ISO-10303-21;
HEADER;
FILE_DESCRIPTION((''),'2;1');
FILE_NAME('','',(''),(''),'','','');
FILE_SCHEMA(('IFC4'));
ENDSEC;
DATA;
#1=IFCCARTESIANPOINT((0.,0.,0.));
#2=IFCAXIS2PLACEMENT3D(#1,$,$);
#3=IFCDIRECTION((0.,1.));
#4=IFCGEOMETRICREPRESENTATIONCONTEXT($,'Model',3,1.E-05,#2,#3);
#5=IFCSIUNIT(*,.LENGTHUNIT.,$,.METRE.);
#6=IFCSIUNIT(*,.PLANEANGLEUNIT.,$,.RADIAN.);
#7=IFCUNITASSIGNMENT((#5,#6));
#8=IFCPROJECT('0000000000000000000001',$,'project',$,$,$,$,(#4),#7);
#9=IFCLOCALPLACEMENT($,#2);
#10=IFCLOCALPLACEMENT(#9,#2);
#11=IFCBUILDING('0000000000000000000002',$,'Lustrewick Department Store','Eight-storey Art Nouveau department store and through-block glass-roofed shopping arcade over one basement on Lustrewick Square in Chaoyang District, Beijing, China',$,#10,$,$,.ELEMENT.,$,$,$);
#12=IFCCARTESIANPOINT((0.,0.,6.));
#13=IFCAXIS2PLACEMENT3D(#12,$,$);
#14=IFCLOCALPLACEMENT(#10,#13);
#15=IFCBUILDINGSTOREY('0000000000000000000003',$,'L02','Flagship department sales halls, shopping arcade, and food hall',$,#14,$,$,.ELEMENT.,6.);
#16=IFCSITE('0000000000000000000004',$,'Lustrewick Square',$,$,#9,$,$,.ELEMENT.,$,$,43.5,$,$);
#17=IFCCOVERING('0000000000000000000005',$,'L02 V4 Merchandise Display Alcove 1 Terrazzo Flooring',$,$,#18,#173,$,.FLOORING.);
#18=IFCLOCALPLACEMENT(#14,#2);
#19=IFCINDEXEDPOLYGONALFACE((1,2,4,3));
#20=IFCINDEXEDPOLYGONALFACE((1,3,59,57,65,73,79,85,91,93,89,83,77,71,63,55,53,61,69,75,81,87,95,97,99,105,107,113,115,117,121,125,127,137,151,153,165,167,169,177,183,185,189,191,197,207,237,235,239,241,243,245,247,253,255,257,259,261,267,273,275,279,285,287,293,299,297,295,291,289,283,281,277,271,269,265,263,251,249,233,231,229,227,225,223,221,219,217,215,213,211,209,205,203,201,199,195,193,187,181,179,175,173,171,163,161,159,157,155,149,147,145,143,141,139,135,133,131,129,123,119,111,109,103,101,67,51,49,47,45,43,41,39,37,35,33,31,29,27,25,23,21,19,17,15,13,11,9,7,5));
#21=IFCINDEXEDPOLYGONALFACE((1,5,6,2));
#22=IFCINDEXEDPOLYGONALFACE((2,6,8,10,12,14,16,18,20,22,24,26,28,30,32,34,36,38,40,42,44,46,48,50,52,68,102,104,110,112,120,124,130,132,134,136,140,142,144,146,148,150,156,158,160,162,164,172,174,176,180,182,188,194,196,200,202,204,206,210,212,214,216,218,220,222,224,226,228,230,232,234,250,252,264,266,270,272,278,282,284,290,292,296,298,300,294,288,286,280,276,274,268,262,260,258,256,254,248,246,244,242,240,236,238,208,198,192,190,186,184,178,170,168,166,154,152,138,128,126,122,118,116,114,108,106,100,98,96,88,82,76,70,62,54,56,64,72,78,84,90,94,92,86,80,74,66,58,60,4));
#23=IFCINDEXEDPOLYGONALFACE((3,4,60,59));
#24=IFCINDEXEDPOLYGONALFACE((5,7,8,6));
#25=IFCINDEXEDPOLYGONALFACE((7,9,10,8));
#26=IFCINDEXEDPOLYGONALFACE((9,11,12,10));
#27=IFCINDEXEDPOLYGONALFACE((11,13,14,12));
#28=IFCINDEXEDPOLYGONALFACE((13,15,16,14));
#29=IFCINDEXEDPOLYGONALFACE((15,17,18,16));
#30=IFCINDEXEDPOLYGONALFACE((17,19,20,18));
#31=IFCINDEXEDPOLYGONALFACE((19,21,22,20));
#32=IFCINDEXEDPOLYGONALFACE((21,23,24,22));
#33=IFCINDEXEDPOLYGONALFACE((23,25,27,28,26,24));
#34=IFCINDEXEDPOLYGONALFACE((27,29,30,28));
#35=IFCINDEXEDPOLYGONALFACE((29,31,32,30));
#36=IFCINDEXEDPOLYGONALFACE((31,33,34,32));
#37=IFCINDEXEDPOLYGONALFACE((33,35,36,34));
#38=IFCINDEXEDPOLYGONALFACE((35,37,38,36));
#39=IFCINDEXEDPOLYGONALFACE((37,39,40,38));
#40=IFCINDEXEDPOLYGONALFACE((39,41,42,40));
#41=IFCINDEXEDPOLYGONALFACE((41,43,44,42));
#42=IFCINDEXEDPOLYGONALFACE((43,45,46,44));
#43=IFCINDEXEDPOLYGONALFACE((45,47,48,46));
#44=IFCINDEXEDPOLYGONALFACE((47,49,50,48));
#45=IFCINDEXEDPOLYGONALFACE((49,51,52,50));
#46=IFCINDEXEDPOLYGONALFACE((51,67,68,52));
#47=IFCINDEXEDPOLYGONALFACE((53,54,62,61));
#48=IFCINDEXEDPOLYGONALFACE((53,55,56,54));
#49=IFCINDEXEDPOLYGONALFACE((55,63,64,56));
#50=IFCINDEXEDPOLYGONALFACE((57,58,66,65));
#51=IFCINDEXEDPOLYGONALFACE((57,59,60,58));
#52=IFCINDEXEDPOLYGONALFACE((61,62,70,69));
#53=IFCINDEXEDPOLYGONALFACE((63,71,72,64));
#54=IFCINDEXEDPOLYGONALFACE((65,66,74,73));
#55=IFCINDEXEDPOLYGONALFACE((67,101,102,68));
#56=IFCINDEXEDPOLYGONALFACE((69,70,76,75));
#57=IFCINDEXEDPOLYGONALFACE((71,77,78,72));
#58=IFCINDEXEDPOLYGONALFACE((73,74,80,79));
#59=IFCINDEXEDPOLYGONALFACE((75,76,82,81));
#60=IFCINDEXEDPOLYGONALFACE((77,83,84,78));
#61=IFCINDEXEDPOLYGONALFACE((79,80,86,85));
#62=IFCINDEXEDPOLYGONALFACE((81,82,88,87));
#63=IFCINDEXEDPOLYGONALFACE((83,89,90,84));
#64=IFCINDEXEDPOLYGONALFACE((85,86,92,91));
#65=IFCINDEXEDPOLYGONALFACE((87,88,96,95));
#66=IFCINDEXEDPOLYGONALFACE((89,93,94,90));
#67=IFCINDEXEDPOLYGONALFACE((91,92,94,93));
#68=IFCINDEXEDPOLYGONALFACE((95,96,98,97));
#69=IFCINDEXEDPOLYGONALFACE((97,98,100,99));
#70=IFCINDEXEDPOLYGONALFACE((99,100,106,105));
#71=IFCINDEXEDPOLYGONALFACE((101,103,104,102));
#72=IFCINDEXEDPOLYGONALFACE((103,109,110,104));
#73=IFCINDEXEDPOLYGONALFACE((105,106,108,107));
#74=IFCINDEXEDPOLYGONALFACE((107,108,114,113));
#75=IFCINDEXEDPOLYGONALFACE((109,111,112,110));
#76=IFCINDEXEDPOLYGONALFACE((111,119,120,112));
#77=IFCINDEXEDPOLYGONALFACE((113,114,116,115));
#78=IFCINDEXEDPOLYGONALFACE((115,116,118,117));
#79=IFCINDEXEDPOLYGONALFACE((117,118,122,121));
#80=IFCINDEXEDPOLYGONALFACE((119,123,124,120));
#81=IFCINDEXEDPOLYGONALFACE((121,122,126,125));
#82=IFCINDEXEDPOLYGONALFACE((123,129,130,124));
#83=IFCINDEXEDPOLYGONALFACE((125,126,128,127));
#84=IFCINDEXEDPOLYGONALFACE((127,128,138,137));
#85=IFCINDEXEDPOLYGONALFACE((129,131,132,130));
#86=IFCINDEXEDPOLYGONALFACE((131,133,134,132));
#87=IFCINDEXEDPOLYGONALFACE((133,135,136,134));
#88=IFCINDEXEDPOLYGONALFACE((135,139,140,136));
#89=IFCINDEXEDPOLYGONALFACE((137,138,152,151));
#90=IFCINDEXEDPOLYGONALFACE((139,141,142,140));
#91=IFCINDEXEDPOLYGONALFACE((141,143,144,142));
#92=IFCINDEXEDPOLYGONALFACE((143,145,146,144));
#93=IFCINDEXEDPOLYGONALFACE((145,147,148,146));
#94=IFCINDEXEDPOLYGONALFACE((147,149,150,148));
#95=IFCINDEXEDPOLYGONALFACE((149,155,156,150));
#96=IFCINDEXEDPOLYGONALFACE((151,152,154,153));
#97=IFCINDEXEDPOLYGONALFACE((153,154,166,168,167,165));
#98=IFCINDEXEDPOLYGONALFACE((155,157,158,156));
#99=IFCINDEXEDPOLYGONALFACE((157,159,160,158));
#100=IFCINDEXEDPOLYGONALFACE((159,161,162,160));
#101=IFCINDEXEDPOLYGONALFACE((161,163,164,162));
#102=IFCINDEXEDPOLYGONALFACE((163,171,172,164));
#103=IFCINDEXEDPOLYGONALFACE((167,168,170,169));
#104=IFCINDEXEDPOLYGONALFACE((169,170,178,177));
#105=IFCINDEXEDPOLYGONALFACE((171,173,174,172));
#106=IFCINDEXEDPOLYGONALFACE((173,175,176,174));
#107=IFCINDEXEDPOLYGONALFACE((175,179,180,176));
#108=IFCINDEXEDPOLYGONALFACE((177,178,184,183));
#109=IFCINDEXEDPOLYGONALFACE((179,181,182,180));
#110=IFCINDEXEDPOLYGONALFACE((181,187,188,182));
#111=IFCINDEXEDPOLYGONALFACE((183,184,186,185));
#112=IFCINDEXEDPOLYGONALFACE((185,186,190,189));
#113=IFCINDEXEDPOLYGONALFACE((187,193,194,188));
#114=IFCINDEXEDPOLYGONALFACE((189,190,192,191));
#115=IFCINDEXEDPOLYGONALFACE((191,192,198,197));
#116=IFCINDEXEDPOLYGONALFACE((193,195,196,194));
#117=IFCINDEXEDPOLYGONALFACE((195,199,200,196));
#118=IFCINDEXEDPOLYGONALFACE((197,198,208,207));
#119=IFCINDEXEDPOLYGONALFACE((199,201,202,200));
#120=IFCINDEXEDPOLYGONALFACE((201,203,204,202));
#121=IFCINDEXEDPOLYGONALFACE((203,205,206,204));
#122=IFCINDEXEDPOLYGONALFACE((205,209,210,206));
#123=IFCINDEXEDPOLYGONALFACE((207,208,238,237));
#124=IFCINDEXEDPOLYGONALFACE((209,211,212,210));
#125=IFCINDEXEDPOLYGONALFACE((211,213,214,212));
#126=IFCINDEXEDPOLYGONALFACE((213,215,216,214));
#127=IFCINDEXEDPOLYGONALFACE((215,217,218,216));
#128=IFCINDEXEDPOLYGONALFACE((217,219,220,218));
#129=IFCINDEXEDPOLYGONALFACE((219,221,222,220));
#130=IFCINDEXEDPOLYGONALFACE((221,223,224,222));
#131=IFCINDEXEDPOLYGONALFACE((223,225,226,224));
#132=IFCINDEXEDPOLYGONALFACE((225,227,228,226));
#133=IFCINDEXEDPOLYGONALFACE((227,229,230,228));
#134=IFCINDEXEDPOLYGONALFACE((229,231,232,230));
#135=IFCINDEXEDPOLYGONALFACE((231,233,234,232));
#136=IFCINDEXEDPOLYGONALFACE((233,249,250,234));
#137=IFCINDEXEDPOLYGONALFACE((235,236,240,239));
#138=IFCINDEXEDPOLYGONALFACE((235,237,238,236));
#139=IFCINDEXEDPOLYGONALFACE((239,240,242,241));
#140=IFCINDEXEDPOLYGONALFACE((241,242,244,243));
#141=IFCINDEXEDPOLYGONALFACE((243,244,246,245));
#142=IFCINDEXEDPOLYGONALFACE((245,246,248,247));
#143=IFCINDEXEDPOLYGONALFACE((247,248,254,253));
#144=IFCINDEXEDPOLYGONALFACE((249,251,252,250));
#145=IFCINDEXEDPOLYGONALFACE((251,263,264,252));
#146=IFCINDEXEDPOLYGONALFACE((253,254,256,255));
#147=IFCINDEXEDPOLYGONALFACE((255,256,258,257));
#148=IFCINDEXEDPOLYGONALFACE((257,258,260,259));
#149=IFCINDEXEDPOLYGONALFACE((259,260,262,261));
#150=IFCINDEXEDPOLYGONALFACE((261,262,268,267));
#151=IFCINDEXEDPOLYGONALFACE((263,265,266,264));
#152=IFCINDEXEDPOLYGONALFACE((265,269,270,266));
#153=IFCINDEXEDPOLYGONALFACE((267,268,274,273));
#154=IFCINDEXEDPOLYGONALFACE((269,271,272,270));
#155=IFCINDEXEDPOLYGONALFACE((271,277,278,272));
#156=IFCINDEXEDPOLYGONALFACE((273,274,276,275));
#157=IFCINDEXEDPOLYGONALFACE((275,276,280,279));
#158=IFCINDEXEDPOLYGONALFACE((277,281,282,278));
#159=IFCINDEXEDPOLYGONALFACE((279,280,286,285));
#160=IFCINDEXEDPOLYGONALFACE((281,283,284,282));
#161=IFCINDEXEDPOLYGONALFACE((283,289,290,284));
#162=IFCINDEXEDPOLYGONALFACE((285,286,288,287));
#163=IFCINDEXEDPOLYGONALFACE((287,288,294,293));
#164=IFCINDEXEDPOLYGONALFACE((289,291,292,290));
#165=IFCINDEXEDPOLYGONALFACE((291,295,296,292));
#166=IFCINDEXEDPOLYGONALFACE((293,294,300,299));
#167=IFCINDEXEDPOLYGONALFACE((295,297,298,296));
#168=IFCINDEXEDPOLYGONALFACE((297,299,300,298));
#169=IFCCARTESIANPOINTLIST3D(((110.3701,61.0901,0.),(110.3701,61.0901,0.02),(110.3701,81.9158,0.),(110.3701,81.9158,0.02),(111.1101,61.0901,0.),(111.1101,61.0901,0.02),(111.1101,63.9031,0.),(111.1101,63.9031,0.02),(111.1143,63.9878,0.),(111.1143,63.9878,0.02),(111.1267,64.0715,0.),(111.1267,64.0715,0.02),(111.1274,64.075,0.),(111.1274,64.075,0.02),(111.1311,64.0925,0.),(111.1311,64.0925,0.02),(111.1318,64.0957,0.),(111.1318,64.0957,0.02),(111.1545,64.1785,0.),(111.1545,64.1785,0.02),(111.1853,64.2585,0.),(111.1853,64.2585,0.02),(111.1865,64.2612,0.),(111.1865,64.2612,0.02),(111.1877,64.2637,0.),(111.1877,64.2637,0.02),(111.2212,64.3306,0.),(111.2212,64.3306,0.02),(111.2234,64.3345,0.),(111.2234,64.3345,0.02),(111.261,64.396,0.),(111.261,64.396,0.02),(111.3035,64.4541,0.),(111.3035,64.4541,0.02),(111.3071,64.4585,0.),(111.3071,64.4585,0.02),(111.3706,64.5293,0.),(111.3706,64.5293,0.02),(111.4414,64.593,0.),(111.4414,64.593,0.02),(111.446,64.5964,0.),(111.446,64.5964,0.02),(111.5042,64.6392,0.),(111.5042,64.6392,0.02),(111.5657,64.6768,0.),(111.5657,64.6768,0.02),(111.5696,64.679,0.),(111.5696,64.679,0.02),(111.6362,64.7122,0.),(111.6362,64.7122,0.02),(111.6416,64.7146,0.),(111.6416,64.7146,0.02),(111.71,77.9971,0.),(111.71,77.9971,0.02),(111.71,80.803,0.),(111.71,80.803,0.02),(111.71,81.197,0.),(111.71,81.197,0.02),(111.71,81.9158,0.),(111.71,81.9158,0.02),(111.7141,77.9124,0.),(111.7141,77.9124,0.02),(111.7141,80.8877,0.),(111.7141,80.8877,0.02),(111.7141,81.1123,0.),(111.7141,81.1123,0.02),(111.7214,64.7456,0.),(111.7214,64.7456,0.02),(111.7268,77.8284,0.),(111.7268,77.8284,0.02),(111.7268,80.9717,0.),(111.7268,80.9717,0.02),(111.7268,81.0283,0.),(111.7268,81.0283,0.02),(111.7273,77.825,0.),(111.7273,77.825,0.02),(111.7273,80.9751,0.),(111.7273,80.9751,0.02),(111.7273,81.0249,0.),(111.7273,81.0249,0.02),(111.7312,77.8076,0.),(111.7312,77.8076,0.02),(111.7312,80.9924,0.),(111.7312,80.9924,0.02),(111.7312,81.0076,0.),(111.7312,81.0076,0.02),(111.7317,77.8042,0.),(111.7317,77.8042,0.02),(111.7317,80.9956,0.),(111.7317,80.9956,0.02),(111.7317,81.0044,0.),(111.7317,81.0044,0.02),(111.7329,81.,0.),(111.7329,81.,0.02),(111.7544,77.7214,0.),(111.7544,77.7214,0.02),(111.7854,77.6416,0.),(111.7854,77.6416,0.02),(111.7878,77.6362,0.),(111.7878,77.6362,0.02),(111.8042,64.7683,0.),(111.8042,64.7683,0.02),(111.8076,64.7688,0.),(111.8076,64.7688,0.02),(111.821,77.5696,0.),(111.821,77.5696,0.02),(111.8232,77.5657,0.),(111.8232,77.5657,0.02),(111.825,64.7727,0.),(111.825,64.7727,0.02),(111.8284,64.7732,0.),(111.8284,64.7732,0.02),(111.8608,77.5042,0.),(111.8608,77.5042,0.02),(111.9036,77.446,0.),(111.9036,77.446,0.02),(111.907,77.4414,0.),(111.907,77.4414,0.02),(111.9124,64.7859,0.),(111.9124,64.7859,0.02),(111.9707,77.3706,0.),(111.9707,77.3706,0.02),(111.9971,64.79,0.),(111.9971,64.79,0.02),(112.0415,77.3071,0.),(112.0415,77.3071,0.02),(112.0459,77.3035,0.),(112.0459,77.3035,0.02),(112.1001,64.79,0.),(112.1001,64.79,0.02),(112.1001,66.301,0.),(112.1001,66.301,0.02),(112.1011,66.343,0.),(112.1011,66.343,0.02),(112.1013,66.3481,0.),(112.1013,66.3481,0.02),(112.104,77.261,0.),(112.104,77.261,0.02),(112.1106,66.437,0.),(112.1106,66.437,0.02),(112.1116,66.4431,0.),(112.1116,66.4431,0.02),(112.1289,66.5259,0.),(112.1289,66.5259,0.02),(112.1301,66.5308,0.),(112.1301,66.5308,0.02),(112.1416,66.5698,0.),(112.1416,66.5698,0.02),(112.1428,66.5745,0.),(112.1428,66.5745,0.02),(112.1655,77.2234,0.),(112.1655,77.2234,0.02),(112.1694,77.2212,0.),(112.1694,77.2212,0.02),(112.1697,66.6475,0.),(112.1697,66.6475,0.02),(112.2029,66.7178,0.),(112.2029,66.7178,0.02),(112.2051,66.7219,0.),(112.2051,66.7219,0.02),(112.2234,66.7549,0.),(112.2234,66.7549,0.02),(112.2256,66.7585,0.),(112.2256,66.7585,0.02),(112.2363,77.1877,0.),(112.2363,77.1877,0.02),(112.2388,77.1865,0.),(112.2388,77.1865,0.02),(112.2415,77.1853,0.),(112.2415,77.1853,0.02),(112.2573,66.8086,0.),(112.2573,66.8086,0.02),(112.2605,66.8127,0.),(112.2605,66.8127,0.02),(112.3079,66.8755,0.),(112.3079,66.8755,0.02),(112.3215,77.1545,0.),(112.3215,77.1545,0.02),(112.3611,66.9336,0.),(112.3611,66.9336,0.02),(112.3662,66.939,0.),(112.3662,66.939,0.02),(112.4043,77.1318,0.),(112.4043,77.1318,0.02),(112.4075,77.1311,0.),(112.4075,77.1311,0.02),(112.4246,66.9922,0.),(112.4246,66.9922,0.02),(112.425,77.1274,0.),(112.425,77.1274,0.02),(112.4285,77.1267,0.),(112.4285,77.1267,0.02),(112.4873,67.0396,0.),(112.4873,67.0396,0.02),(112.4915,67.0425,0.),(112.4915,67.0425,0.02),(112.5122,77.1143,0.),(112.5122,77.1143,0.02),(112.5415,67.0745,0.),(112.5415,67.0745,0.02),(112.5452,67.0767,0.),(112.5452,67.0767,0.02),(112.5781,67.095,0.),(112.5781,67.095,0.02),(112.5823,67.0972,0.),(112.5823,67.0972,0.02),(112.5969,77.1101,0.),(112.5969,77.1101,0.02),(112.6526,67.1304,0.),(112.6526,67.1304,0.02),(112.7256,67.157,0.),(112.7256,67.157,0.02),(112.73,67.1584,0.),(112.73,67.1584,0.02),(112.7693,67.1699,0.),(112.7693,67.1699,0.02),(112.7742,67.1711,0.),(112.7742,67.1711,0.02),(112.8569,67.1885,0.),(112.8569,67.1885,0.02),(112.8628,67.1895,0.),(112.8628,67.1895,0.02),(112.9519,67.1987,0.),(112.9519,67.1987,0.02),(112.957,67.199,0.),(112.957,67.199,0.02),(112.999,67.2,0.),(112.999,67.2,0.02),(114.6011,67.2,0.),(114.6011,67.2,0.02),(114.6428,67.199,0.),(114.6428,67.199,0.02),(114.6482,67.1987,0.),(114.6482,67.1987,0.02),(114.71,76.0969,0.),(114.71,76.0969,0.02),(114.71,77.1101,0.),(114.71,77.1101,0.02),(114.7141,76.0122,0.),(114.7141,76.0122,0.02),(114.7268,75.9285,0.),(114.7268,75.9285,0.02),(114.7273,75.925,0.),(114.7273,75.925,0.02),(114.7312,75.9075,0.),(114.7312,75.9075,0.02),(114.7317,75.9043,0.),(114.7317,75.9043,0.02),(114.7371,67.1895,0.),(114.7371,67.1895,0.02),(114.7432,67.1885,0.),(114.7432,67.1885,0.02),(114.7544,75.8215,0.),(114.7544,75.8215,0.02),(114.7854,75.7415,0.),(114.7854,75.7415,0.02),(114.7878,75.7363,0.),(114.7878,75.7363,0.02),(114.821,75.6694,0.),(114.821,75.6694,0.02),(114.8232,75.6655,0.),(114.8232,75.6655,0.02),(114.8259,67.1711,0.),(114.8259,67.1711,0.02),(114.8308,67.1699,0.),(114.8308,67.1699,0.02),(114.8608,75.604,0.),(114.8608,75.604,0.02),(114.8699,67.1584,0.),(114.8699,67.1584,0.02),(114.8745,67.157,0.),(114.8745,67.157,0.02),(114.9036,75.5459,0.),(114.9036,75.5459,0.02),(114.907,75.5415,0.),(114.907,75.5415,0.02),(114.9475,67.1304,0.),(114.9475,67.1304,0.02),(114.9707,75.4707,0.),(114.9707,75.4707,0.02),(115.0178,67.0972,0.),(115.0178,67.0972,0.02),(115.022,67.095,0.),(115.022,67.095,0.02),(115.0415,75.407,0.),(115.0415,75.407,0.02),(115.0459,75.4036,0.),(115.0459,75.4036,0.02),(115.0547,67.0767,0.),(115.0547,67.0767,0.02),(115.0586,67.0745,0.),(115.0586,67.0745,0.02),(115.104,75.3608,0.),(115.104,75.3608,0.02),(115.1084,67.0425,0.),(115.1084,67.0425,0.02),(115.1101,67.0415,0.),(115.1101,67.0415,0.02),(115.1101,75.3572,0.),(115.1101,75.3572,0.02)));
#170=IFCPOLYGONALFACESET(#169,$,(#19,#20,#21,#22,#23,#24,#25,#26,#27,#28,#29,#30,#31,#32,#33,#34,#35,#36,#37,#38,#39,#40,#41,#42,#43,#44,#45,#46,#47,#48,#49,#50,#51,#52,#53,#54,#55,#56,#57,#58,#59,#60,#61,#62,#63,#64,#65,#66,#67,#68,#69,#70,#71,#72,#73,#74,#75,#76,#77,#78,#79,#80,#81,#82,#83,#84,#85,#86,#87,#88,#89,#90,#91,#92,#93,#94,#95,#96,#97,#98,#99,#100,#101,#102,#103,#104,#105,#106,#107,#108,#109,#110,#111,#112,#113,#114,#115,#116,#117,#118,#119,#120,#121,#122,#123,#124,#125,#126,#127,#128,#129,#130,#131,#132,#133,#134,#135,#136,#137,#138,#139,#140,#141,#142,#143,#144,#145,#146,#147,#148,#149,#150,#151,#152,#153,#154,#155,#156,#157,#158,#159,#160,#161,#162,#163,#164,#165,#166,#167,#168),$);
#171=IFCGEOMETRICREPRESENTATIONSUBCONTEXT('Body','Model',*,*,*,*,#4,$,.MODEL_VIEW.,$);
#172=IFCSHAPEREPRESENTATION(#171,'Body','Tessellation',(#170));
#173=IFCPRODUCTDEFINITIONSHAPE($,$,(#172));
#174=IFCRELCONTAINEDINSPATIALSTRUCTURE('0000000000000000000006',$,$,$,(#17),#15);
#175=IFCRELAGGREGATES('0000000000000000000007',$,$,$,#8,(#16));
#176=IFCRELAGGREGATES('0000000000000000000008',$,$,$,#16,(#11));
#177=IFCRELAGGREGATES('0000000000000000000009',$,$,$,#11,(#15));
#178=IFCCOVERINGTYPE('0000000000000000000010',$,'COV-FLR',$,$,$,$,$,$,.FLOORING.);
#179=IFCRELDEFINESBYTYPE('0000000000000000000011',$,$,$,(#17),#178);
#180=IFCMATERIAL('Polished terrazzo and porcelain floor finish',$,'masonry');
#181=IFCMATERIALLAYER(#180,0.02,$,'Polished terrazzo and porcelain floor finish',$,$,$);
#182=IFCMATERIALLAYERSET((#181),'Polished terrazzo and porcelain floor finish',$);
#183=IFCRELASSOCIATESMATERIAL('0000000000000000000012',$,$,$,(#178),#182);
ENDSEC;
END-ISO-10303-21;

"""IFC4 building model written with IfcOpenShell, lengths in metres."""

from ifc_helpers import new_model, si_unit, direction, frame, origin, place, context, subcontext, project, spatial, polyline, outline, extrude, material, layer, layer_set, type_object, element, save


model = new_model("IFC4")

# Units and contexts
model_context = context("Model", 3, precision=1e-05, world=origin(), true_north=direction((0.0, 1.0)))
body_context = subcontext(model_context, "Body", "Model", "MODEL_VIEW")
ifc_project = project(units=[si_unit("LENGTHUNIT", "METRE"), si_unit("PLANEANGLEUNIT", "RADIAN")], contexts=[model_context])

# Site, building, storey
site_placement = place(None, origin())
site = spatial("IfcSite", under=ifc_project, at=site_placement, Name="Lustrewick Square", CompositionType="ELEMENT", RefElevation=43.5)
building_placement = place(site_placement, origin())
building = spatial("IfcBuilding", under=site, at=building_placement, Name="Lustrewick Department Store", Description="Eight-storey Art Nouveau department store and through-block glass-roofed shopping arcade over one basement on Lustrewick Square in Chaoyang District, Beijing, China", CompositionType="ELEMENT")
storey_placement = place(building_placement, frame((0.0, 0.0, 6.0)))
storey = spatial("IfcBuildingStorey", under=building, at=storey_placement, Name="L02", Description="Flagship department sales halls, shopping arcade, and food hall", CompositionType="ELEMENT", Elevation=6.0)

# Covering
ifc_material_1 = material(Name="Polished terrazzo and porcelain floor finish", Category="masonry")
ifc_layer_1 = layer(ifc_material_1, 0.02, Name="Polished terrazzo and porcelain floor finish")
ifc_layer_set_1 = layer_set([ifc_layer_1], Name="Polished terrazzo and porcelain floor finish")
covering_type_1 = type_object("IfcCoveringType", Name="COV-FLR", PredefinedType="FLOORING", material=ifc_layer_set_1)
covering_1_placement = place(storey_placement, origin())
element("IfcCovering", 1, at=covering_1_placement, inside=storey, type_object=covering_type_1, Name="L02 V4 Merchandise Display Alcove 1 Terrazzo Flooring", PredefinedType="FLOORING", context=body_context, shape_type="SweptSolid", body=[
    extrude(outline(polyline([(110.3701, 61.0901), (111.1101, 61.0901), (111.1101, 63.9031), (111.1143, 63.9878), (111.1267, 64.0715), (111.1274, 64.075), (111.1311, 64.0925), (111.1318, 64.0957), (111.1545, 64.1785), (111.1853, 64.2585), (111.1865, 64.2612), (111.1877, 64.2637), (111.2212, 64.3306), (111.2234, 64.3345), (111.261, 64.396), (111.3035, 64.4541), (111.3071, 64.4585), (111.3706, 64.5293), (111.4414, 64.593), (111.446, 64.5964), (111.5042, 64.6392), (111.5657, 64.6768), (111.5696, 64.679), (111.6362, 64.7122), (111.6416, 64.7146), (111.7214, 64.7456), (111.8042, 64.7683), (111.8076, 64.7688), (111.825, 64.7727), (111.8284, 64.7732), (111.9124, 64.7859), (111.9971, 64.79), (112.1001, 64.79), (112.1001, 66.301), (112.1011, 66.343), (112.1013, 66.3481), (112.1106, 66.437), (112.1116, 66.4431), (112.1289, 66.5259), (112.1301, 66.5308), (112.1416, 66.5698), (112.1428, 66.5745), (112.1697, 66.6475), (112.2029, 66.7178), (112.2051, 66.7219), (112.2234, 66.7549), (112.2256, 66.7585), (112.2573, 66.8086), (112.2605, 66.8127), (112.3079, 66.8755), (112.3611, 66.9336), (112.3662, 66.939), (112.4246, 66.9922), (112.4873, 67.0396), (112.4915, 67.0425), (112.5415, 67.0745), (112.5452, 67.0767), (112.5781, 67.095), (112.5823, 67.0972), (112.6526, 67.1304), (112.7256, 67.157), (112.73, 67.1584), (112.7693, 67.1699), (112.7742, 67.1711), (112.8569, 67.1885), (112.8628, 67.1895), (112.9519, 67.1987), (112.957, 67.199), (112.999, 67.2), (114.6011, 67.2), (114.6428, 67.199), (114.6482, 67.1987), (114.7371, 67.1895), (114.7432, 67.1885), (114.8259, 67.1711), (114.8308, 67.1699), (114.8699, 67.1584), (114.8745, 67.157), (114.9475, 67.1304), (115.0178, 67.0972), (115.022, 67.095), (115.0547, 67.0767), (115.0586, 67.0745), (115.1084, 67.0425), (115.1101, 67.0415), (115.1101, 75.3572), (115.104, 75.3608), (115.0459, 75.4036), (115.0415, 75.407), (114.9707, 75.4707), (114.907, 75.5415), (114.9036, 75.5459), (114.8608, 75.604), (114.8232, 75.6655), (114.821, 75.6694), (114.7878, 75.7363), (114.7854, 75.7415), (114.7544, 75.8215), (114.7317, 75.9043), (114.7312, 75.9075), (114.7273, 75.925), (114.7268, 75.9285), (114.7141, 76.0122), (114.71, 76.0969), (114.71, 77.1101), (112.5969, 77.1101), (112.5122, 77.1143), (112.4285, 77.1267), (112.425, 77.1274), (112.4075, 77.1311), (112.4043, 77.1318), (112.3215, 77.1545), (112.2415, 77.1853), (112.2388, 77.1865), (112.2363, 77.1877), (112.1694, 77.2212), (112.1655, 77.2234), (112.104, 77.261), (112.0459, 77.3035), (112.0415, 77.3071), (111.9707, 77.3706), (111.907, 77.4414), (111.9036, 77.446), (111.8608, 77.5042), (111.8232, 77.5657), (111.821, 77.5696), (111.7878, 77.6362), (111.7854, 77.6416), (111.7544, 77.7214), (111.7317, 77.8042), (111.7312, 77.8076), (111.7273, 77.825), (111.7268, 77.8284), (111.7141, 77.9124), (111.71, 77.9971), (111.71, 80.803), (111.7141, 80.8877), (111.7268, 80.9717), (111.7273, 80.9751), (111.7312, 80.9924), (111.7317, 80.9956), (111.7329, 81.0), (111.7317, 81.0044), (111.7312, 81.0076), (111.7273, 81.0249), (111.7268, 81.0283), (111.7141, 81.1123), (111.71, 81.197), (111.71, 81.9158), (110.3701, 81.9158), (110.3701, 61.0901)])), origin(), (0.0, 0.0, 1.0), 0.02),
])

save(model, "model.ifc")
